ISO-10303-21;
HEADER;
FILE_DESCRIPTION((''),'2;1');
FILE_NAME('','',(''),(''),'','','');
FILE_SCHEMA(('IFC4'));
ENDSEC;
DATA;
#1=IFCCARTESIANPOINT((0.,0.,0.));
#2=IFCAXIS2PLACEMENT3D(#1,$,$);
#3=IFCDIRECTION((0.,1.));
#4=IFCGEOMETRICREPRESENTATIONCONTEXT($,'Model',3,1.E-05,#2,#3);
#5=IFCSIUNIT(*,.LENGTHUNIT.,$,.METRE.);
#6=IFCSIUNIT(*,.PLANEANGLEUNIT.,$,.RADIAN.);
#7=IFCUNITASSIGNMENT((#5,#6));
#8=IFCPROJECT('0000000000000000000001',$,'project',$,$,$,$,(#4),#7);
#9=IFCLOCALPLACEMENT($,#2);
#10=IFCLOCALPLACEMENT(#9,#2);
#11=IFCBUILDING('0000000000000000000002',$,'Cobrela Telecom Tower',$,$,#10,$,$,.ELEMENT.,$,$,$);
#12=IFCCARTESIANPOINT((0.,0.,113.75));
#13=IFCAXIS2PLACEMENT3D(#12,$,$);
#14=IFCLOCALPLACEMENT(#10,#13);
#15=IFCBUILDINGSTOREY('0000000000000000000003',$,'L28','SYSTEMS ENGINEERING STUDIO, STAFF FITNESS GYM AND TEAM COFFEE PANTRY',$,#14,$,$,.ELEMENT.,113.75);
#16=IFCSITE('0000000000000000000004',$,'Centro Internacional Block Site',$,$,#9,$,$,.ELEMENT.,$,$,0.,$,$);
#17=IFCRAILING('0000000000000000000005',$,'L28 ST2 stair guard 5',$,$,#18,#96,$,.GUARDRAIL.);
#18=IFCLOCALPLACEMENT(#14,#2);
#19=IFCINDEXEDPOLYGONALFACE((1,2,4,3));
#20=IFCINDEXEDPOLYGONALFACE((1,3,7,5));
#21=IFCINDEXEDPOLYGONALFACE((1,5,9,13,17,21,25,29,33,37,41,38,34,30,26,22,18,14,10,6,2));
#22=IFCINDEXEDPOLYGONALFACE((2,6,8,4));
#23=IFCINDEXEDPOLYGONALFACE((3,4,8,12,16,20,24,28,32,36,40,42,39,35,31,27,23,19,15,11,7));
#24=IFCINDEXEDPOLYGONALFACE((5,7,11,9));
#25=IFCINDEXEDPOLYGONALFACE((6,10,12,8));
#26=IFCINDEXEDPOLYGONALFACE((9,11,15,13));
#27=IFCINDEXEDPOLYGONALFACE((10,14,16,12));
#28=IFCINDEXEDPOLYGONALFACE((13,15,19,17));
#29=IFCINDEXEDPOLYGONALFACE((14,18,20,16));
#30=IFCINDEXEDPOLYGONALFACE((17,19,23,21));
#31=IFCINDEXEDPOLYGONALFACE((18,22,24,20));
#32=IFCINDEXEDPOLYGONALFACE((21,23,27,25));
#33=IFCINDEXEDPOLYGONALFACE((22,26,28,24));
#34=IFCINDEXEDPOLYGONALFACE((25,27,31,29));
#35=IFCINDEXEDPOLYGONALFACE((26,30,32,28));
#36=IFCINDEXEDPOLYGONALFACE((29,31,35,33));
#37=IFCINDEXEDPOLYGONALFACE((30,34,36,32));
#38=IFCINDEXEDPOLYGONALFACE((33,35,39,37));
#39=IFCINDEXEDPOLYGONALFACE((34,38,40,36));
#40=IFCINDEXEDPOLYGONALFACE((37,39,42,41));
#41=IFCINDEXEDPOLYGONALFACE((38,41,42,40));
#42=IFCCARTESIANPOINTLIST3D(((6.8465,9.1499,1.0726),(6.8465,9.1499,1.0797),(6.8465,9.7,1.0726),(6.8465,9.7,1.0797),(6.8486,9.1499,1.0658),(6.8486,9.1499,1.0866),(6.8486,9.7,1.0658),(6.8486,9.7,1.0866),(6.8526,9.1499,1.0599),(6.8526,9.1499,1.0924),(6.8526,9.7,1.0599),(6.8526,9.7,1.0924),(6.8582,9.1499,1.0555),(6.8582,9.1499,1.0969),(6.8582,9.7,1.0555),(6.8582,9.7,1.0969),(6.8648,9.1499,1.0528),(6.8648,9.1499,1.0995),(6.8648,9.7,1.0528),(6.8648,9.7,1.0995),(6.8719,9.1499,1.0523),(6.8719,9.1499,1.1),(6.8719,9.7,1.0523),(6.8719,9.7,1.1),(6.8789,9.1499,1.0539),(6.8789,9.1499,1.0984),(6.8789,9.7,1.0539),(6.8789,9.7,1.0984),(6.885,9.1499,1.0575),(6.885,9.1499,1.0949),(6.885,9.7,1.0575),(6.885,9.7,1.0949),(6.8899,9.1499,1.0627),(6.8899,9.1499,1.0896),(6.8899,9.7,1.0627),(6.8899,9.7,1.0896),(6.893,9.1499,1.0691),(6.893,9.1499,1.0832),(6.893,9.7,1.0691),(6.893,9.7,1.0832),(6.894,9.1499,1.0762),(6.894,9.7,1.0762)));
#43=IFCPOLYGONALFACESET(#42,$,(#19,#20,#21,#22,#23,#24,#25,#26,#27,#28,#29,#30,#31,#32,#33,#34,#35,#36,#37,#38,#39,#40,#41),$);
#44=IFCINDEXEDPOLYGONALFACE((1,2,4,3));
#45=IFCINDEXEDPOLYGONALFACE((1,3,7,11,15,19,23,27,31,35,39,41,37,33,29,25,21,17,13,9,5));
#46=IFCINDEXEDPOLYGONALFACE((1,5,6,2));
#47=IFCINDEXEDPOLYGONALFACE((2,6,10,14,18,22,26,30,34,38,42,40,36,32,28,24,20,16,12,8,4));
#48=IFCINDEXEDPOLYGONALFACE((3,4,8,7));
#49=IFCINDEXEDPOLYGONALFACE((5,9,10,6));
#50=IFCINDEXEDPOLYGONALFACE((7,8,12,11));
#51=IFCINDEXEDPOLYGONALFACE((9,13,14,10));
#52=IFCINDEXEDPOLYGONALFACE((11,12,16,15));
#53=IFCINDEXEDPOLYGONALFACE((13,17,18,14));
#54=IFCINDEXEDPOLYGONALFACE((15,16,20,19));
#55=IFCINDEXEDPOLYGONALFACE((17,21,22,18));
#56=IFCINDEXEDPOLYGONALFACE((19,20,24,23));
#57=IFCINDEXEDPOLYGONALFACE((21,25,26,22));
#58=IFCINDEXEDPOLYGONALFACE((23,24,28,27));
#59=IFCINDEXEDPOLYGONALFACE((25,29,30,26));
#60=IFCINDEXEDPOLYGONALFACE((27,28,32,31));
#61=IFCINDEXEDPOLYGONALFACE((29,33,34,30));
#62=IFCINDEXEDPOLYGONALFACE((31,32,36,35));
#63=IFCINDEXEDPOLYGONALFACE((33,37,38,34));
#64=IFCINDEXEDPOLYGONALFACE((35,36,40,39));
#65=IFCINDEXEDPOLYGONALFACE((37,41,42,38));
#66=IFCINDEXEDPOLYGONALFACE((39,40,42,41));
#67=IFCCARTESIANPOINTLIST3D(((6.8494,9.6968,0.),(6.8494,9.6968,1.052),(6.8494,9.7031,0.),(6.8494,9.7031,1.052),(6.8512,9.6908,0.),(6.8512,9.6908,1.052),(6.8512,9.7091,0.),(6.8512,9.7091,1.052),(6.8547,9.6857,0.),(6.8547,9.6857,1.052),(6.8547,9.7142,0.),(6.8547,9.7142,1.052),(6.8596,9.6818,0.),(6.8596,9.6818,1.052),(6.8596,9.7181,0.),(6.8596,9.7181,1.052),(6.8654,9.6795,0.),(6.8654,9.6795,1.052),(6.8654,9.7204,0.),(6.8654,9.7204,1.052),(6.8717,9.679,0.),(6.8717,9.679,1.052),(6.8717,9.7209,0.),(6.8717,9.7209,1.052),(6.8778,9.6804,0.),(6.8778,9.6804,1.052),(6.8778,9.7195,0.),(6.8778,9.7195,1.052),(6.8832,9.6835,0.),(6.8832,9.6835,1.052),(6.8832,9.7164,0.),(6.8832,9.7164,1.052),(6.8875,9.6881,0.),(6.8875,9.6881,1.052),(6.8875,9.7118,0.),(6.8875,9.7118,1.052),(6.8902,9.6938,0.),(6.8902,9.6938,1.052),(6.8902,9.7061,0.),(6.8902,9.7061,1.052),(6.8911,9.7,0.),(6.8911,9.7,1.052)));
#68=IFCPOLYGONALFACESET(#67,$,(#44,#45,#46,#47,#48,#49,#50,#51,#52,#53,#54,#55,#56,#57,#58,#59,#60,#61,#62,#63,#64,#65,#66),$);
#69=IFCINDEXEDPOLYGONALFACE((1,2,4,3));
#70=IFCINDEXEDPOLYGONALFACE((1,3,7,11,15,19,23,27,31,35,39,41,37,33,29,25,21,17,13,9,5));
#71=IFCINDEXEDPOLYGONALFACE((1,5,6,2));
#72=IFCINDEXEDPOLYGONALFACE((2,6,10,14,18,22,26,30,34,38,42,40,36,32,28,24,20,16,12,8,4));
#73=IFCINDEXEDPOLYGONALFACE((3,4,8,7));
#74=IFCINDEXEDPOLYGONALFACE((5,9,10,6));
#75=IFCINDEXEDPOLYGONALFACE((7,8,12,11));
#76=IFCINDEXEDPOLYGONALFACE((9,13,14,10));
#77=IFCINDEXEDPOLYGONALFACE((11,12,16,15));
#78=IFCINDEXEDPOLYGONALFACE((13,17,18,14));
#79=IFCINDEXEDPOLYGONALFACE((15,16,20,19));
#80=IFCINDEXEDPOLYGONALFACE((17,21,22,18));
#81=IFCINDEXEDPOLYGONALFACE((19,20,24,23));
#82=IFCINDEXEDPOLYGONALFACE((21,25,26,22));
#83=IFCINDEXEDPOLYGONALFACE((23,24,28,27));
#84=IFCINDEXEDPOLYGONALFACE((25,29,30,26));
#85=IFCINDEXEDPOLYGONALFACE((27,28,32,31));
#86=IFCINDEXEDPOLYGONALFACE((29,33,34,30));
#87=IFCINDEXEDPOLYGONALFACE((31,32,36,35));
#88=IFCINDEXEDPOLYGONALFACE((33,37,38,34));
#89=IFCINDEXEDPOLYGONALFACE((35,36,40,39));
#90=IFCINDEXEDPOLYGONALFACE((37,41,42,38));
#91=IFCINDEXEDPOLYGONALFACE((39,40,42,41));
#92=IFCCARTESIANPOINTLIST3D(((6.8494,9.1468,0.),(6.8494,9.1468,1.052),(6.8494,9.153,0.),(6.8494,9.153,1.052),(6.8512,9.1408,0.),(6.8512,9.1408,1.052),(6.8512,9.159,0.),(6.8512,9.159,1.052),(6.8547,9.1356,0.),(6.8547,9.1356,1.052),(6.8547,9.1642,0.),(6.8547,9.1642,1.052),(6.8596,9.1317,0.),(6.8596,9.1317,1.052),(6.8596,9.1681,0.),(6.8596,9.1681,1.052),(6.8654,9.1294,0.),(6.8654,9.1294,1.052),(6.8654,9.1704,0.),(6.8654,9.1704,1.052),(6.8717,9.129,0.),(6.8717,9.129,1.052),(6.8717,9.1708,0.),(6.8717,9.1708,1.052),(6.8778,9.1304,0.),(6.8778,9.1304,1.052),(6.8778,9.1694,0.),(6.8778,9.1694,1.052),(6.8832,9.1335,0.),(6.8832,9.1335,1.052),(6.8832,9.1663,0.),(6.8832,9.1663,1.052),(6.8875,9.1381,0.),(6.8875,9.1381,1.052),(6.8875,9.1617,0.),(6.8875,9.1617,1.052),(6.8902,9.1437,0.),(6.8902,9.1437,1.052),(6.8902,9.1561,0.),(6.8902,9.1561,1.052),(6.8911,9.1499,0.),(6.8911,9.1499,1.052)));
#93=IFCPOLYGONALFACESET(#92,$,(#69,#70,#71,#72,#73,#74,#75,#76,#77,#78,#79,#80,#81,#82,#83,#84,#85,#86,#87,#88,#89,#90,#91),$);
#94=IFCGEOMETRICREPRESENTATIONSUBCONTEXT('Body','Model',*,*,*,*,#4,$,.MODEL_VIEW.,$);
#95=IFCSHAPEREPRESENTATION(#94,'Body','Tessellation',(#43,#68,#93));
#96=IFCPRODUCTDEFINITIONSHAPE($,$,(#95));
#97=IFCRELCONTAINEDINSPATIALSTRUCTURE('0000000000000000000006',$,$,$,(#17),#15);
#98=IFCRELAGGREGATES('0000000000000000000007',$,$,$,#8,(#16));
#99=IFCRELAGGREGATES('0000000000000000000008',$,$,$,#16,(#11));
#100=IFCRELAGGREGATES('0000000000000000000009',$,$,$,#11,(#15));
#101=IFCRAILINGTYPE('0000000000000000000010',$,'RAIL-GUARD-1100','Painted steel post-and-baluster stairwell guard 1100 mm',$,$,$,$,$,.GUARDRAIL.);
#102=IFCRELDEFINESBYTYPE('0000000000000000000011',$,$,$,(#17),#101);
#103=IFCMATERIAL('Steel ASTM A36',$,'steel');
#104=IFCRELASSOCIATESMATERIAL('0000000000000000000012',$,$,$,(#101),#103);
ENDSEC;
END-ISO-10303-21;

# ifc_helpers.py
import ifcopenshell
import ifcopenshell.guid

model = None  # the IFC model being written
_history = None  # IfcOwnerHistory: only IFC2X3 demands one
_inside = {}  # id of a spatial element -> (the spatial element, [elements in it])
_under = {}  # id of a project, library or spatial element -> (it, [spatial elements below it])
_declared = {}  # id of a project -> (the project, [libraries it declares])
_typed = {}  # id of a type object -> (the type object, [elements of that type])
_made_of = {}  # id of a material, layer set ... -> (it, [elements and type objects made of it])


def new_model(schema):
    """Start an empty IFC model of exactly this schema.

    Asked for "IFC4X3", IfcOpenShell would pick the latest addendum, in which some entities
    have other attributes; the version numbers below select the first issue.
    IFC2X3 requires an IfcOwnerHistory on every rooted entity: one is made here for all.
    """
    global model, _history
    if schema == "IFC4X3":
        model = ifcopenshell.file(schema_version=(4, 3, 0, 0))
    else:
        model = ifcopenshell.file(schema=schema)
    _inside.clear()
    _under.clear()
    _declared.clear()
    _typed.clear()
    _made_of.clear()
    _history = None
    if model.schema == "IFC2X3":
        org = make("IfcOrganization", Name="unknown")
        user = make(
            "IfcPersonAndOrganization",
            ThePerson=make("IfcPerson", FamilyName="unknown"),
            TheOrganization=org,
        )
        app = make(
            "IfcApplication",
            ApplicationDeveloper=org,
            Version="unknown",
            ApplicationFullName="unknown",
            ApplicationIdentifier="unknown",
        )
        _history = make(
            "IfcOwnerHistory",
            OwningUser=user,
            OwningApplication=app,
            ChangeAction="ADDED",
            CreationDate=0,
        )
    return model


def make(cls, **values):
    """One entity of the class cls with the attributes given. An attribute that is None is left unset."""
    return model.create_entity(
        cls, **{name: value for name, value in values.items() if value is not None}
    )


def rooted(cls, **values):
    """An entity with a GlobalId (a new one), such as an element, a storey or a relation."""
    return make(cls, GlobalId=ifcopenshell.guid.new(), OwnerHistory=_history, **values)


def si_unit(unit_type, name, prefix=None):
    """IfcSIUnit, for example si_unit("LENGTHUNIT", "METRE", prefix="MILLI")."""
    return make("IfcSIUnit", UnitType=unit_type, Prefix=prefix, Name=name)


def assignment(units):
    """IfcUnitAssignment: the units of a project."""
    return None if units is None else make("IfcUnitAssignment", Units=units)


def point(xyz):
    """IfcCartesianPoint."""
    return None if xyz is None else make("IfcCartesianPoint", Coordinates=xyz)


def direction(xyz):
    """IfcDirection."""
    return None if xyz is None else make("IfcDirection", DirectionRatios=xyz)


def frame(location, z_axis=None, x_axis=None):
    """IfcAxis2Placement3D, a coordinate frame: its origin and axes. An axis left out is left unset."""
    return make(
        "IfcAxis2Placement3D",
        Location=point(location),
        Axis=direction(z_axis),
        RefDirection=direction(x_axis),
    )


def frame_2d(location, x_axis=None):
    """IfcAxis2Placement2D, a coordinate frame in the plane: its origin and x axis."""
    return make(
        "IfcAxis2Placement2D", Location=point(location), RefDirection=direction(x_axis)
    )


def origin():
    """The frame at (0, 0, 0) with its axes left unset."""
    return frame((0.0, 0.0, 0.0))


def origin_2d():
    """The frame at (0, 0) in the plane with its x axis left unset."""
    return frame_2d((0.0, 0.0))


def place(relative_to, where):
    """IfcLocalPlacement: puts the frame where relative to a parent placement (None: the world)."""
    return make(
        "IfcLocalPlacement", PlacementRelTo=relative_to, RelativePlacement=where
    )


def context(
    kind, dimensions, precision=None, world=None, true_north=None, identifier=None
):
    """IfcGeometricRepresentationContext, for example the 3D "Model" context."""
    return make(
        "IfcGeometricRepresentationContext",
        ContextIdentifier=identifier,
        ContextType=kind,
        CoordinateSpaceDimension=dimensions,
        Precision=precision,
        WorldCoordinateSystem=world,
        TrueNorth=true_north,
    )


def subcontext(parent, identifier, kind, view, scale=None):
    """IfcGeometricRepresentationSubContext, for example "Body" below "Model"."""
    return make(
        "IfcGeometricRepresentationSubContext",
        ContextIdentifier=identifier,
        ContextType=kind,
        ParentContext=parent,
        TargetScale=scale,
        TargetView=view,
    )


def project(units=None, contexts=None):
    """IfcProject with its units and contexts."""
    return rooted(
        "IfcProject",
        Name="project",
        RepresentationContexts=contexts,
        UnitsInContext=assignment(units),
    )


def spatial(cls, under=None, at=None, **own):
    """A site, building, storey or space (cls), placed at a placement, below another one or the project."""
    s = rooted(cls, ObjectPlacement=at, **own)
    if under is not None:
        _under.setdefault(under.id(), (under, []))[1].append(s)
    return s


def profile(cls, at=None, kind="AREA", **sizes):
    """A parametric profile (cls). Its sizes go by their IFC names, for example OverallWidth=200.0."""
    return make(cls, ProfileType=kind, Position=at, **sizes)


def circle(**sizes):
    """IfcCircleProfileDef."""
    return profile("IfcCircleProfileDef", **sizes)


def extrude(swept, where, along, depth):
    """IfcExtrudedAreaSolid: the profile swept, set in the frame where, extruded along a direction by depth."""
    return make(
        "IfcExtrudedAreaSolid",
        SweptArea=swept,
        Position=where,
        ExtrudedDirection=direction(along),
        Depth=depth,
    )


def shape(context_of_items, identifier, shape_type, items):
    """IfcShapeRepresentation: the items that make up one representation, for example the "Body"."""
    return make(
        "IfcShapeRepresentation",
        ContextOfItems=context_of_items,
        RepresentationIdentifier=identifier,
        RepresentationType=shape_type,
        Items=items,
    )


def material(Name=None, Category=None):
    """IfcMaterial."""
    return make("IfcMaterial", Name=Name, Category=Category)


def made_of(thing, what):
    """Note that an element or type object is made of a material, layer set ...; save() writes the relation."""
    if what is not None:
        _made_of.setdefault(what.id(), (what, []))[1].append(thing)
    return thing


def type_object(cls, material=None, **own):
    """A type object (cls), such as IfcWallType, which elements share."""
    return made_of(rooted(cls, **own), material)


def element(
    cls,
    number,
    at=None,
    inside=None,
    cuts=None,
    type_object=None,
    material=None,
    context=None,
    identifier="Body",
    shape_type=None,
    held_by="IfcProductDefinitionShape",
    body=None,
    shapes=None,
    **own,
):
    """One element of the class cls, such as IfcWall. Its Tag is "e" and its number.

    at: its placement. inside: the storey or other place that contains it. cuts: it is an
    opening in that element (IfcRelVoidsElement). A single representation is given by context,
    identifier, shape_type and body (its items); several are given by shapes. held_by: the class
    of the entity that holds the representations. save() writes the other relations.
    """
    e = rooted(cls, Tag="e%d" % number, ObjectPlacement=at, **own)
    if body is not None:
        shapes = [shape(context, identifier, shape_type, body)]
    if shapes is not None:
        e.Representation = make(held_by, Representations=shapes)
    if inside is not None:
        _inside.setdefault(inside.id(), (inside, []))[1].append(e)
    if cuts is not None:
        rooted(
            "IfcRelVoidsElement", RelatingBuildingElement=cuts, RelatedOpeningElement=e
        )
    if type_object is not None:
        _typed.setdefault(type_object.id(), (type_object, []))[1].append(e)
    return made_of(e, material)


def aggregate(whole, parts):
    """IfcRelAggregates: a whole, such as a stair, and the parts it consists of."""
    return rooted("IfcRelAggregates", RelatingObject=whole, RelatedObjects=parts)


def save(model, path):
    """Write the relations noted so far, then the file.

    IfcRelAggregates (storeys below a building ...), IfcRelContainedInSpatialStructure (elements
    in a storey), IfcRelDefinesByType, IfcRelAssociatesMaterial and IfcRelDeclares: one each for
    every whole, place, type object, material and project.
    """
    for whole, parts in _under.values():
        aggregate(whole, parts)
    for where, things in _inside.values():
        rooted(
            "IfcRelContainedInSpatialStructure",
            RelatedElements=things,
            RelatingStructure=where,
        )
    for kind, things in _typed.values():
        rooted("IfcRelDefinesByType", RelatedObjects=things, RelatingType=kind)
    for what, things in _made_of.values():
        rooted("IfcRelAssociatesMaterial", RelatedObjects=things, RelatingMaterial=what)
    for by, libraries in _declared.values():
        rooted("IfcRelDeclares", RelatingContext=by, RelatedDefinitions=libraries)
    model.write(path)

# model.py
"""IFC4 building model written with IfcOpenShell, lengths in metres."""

from ifc_helpers import new_model, si_unit, direction, frame, origin, origin_2d, place, context, subcontext, project, spatial, circle, extrude, material, type_object, element, save


model = new_model("IFC4")

# Units and contexts
model_context = context("Model", 3, precision=1e-05, world=origin(), true_north=direction((0.0, 1.0)))
body_context = subcontext(model_context, "Body", "Model", "MODEL_VIEW")
ifc_project = project(units=[si_unit("LENGTHUNIT", "METRE"), si_unit("PLANEANGLEUNIT", "RADIAN")], contexts=[model_context])

# Site, building, storey
site_placement = place(None, origin())
site = spatial("IfcSite", under=ifc_project, at=site_placement, Name="Centro Internacional Block Site", CompositionType="ELEMENT", RefElevation=0.0)
building_placement = place(site_placement, origin())
building = spatial("IfcBuilding", under=site, at=building_placement, Name="Cobrela Telecom Tower", CompositionType="ELEMENT")
storey_placement = place(building_placement, frame((0.0, 0.0, 113.75)))
storey = spatial("IfcBuildingStorey", under=building, at=storey_placement, Name="L28", Description="SYSTEMS ENGINEERING STUDIO, STAFF FITNESS GYM AND TEAM COFFEE PANTRY", CompositionType="ELEMENT", Elevation=113.75)

# Railing
ifc_material_1 = material(Name="Steel ASTM A36", Category="steel")
railing_type_1 = type_object("IfcRailingType", Name="RAIL-GUARD-1100", Description="Painted steel post-and-baluster stairwell guard 1100 mm", PredefinedType="GUARDRAIL", material=ifc_material_1)
railing_1_placement = place(storey_placement, frame((6.8701, 9.7, 0.0)))
element("IfcRailing", 1, at=railing_1_placement, inside=storey, type_object=railing_type_1, Name="L28 ST2 stair guard 5", PredefinedType="GUARDRAIL", context=body_context, shape_type="SweptSolid", body=[
    extrude(circle(Radius=0.0239, at=origin_2d()), frame((0.0, 0.0, 1.0762), z_axis=(0.0, -1.0, 0.0), x_axis=(1.0, 0.0, 0.0)), (0.0, 0.0, 1.0), 0.55),
    extrude(circle(Radius=0.021, at=origin_2d()), origin(), (0.0, 0.0, 1.0), 1.052),
    extrude(circle(Radius=0.021, at=origin_2d()), frame((0.0, -0.55, 0.0)), (0.0, 0.0, 1.0), 1.052),
])

save(model, "model.ifc")
